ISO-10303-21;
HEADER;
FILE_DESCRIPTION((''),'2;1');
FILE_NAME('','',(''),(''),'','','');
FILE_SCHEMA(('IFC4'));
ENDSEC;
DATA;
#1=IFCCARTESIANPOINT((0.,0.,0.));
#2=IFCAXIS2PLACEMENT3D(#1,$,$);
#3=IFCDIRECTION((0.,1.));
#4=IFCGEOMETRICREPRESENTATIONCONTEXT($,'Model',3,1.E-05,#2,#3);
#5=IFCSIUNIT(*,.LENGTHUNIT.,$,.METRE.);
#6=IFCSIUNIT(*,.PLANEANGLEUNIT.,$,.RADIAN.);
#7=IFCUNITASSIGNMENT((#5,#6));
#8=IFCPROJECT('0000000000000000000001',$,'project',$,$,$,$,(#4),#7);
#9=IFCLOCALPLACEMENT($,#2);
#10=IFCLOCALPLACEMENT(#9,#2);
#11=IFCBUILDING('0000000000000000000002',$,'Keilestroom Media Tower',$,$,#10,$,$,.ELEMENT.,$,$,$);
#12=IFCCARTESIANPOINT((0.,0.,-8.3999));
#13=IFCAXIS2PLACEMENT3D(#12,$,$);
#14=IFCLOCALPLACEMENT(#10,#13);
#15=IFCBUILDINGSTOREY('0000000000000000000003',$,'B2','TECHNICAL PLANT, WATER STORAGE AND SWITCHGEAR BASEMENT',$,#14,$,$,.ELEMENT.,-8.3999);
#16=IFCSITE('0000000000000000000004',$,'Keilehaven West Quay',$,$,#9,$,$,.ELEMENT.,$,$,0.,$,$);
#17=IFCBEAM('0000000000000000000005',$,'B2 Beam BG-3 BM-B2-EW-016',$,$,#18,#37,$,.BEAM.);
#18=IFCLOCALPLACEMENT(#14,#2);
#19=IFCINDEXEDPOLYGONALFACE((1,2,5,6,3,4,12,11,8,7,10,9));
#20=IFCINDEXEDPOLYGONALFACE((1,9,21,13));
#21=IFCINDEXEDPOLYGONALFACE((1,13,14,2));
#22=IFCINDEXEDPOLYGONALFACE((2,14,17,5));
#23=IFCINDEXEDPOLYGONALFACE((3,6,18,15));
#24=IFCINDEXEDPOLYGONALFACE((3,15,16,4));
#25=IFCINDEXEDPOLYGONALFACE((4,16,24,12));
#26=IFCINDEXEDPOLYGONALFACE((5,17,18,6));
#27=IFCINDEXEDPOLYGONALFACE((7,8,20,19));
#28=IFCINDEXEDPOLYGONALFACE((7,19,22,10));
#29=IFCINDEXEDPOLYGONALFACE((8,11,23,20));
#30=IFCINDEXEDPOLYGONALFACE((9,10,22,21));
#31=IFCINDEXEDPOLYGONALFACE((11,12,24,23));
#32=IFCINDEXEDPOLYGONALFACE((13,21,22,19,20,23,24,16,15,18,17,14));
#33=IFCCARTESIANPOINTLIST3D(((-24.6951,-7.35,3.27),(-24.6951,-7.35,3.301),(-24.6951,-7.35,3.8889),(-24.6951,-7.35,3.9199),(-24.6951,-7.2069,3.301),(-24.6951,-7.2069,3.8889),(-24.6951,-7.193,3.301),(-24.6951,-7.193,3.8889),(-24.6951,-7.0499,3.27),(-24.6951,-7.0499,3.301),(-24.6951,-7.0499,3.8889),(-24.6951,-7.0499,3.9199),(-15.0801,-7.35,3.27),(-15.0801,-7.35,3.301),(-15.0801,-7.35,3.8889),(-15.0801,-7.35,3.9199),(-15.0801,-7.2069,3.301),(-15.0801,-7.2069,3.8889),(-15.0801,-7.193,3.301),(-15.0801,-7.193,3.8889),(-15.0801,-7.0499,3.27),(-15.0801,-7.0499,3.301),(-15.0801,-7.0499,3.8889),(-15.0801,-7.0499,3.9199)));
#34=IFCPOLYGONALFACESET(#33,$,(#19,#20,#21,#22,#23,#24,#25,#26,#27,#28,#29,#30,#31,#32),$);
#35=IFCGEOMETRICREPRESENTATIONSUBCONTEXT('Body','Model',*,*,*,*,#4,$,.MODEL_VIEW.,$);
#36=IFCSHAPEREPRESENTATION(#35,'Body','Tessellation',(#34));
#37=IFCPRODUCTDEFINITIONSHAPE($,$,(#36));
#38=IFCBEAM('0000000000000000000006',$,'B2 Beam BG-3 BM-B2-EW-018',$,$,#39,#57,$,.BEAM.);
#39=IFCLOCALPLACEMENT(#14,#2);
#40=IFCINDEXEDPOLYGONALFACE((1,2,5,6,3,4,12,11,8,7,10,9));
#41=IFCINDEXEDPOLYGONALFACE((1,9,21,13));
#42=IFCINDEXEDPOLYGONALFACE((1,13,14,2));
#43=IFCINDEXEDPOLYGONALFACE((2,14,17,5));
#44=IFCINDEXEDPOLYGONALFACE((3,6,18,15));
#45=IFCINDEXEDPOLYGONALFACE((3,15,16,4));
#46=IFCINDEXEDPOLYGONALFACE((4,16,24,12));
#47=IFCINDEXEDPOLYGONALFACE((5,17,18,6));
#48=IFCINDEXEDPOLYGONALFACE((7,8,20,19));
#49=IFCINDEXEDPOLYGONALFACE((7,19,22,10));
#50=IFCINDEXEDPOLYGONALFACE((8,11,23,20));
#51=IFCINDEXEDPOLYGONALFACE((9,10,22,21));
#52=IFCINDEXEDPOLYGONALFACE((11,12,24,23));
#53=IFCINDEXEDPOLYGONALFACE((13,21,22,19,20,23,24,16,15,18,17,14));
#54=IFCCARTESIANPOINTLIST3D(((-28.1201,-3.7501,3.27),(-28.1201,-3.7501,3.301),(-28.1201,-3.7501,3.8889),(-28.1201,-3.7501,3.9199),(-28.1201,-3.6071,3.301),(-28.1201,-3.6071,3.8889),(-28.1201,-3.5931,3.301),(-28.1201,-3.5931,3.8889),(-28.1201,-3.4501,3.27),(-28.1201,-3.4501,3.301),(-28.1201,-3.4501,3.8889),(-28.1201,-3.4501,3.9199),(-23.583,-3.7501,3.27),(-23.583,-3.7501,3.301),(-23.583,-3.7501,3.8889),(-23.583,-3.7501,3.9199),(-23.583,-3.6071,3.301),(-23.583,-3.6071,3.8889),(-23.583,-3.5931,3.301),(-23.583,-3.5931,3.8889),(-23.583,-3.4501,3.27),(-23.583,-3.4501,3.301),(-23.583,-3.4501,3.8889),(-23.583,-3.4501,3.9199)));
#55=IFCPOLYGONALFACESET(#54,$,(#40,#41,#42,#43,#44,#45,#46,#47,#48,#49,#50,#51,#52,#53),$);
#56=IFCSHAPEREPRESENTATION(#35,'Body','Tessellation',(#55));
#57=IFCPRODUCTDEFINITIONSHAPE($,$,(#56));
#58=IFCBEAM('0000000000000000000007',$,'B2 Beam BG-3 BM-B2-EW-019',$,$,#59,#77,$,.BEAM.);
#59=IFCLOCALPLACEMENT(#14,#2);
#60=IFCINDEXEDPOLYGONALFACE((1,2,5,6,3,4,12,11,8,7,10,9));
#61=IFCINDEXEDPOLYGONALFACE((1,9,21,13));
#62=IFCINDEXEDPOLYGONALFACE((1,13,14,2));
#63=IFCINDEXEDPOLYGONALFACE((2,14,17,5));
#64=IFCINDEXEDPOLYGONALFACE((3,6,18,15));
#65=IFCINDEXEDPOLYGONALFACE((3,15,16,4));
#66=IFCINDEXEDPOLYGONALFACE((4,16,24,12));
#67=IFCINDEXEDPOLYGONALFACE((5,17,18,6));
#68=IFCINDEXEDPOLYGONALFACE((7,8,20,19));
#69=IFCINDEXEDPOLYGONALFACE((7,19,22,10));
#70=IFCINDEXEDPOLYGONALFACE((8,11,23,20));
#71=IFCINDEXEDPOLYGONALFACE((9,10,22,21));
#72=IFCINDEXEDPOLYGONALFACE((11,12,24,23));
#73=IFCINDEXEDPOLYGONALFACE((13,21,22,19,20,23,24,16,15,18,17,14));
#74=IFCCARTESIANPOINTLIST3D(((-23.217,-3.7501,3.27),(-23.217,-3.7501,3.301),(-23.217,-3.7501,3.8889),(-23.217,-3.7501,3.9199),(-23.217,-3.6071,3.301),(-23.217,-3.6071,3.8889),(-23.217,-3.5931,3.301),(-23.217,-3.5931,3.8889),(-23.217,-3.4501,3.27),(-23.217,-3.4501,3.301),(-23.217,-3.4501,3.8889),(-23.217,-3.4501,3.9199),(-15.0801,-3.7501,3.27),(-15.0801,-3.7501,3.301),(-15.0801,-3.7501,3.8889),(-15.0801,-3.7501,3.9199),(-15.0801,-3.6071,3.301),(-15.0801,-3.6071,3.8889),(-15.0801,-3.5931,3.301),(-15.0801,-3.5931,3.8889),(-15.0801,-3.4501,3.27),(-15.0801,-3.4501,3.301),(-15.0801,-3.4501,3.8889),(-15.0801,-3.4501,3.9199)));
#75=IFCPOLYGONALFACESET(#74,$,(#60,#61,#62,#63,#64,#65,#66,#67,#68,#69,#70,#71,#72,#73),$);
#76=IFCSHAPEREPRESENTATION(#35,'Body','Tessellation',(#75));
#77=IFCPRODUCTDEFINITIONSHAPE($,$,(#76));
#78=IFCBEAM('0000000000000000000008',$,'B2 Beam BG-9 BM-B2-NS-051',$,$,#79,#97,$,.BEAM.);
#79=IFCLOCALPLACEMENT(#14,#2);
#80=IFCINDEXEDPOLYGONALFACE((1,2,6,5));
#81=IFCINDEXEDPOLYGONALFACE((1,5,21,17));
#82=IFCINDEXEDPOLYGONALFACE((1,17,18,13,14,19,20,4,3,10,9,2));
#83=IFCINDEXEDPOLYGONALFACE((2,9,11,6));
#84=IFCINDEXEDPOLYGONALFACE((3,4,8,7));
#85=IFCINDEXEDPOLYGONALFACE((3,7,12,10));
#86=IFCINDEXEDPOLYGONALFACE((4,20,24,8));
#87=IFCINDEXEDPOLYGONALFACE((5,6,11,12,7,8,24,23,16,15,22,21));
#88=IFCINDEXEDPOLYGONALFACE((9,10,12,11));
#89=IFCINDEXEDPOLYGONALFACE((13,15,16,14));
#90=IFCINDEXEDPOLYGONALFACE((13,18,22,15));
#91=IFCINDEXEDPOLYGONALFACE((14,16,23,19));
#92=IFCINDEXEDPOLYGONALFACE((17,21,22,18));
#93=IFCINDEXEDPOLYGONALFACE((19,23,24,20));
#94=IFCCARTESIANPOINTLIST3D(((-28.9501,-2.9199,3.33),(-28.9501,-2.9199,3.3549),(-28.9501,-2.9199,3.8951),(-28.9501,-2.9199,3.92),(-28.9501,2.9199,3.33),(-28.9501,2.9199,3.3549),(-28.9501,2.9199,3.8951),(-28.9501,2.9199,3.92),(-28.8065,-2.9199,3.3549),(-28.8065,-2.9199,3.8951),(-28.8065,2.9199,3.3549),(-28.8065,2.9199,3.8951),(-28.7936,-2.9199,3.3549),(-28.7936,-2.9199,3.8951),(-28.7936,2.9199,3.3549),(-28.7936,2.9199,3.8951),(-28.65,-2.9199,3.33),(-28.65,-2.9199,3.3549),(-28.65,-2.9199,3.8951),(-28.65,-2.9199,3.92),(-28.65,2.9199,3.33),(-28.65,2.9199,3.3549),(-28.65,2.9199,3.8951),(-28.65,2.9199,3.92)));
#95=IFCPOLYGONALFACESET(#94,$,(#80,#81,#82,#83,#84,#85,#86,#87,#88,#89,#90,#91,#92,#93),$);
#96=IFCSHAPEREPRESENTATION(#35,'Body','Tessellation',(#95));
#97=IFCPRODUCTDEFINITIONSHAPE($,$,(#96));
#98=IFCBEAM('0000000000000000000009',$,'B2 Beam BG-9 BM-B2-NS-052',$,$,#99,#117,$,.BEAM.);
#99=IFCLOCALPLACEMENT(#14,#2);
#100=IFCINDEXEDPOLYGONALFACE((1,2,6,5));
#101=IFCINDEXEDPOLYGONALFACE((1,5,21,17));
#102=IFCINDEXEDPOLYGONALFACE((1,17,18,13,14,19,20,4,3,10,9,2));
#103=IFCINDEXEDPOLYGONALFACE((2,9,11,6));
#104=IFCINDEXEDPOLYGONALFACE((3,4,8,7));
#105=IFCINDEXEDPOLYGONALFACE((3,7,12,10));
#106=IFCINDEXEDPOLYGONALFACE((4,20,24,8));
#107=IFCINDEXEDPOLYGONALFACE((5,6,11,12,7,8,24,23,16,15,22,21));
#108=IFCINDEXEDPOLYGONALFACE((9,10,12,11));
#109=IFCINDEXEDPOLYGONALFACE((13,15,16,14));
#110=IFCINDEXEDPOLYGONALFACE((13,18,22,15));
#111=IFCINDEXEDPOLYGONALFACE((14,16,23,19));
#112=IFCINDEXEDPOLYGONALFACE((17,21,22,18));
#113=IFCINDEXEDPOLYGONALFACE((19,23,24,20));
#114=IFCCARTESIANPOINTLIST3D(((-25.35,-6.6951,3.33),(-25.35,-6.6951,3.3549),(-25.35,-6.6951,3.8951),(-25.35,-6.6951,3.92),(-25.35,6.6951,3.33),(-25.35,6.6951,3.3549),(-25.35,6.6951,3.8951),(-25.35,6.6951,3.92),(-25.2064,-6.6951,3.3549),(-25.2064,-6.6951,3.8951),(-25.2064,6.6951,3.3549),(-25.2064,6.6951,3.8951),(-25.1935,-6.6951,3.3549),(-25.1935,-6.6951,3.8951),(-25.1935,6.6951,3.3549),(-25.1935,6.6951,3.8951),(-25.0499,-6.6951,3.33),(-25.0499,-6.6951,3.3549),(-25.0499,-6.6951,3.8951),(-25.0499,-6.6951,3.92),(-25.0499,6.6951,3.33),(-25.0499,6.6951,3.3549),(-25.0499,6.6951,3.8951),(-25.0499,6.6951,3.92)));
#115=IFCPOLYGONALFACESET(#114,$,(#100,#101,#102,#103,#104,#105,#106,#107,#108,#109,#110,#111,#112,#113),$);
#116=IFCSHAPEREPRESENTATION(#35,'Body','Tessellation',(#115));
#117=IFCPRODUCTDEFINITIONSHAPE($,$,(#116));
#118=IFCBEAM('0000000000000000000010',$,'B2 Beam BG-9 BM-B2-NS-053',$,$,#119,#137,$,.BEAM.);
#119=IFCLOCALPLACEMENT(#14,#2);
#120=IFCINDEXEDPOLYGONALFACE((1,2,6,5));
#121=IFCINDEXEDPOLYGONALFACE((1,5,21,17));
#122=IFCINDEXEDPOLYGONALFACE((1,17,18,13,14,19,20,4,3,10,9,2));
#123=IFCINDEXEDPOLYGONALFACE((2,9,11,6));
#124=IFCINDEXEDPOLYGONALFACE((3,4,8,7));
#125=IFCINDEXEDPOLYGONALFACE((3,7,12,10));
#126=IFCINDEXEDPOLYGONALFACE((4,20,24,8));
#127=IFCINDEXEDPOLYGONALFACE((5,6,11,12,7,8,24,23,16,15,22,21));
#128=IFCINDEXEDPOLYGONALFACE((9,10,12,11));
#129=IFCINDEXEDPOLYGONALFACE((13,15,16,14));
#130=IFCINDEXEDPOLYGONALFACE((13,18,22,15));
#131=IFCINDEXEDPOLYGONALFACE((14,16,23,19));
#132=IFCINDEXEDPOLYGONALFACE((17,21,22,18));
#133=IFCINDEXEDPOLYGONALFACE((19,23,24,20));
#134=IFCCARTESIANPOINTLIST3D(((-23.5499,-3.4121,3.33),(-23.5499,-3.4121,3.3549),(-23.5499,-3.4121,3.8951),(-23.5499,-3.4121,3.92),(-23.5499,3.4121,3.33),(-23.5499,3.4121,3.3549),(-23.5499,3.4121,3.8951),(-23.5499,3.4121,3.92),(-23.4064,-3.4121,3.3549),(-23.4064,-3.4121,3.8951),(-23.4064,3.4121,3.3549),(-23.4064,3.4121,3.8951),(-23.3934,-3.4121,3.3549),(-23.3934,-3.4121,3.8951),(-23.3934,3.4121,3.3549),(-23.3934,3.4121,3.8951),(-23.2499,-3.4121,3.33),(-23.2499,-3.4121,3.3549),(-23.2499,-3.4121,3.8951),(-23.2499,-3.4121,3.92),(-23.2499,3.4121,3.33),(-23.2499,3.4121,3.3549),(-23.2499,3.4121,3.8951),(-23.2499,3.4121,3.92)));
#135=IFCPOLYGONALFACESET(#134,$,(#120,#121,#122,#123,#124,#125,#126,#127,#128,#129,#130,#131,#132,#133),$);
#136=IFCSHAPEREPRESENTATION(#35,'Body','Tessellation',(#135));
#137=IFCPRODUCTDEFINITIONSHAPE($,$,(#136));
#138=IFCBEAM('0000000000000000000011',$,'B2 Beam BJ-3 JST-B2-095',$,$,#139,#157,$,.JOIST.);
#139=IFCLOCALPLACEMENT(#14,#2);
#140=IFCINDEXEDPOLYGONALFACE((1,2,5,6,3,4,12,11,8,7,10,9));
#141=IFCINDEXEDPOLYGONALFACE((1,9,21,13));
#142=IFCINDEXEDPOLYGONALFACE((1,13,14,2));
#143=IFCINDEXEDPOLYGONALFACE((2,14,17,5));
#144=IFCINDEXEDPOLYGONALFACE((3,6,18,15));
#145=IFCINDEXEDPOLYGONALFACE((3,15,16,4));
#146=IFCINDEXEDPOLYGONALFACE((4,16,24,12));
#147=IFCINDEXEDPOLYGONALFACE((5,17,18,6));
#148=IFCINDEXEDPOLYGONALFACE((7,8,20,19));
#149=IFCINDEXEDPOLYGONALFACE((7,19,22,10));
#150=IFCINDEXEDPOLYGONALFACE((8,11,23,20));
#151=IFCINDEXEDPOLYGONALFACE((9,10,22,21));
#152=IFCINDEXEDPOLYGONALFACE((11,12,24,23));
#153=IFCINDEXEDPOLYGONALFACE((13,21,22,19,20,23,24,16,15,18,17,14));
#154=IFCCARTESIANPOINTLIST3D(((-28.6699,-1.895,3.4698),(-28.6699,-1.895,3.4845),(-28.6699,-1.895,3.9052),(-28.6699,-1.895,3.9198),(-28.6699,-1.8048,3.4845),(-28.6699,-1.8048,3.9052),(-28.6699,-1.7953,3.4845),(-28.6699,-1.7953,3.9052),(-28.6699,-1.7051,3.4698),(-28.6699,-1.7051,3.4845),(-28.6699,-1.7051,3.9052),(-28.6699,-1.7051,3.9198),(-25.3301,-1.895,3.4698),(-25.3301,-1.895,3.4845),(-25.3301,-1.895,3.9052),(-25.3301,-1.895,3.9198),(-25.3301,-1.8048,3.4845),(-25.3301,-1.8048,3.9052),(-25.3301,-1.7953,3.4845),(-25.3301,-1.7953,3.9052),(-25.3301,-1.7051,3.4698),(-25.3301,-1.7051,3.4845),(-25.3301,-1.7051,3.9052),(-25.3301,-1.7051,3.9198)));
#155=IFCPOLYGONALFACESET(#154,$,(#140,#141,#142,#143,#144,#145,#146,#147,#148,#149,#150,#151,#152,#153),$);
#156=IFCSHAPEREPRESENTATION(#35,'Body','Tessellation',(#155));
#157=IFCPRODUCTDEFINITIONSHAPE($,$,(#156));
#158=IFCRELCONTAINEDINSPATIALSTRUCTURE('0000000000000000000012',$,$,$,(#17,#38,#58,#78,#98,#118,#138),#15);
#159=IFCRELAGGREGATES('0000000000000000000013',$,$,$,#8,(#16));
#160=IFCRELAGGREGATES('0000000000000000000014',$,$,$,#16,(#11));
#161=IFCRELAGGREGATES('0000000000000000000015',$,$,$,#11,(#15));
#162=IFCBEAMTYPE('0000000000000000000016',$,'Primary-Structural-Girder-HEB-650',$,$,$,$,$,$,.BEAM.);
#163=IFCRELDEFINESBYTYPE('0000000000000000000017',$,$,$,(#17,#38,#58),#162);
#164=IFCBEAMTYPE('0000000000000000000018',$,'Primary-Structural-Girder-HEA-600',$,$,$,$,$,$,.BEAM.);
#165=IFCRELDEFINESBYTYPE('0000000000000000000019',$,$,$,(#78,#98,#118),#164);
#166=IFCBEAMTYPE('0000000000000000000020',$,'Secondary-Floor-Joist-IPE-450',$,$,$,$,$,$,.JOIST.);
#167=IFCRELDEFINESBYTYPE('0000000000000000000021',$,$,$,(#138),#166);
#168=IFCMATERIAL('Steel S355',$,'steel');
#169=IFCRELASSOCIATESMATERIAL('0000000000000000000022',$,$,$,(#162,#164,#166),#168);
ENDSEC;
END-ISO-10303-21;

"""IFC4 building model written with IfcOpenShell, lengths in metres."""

from ifc_helpers import new_model, si_unit, direction, frame, origin, origin_2d, place, context, subcontext, project, spatial, i_section, extrude, source, transform, mapped, material, material_profile, profile_set, type_object, element, save


model = new_model("IFC4")

# Units and contexts
model_context = context("Model", 3, precision=1e-05, world=origin(), true_north=direction((0.0, 1.0)))
body_context = subcontext(model_context, "Body", "Model", "MODEL_VIEW")
ifc_project = project(units=[si_unit("LENGTHUNIT", "METRE"), si_unit("PLANEANGLEUNIT", "RADIAN")], contexts=[model_context])

# Site, building, storey
site_placement = place(None, origin())
site = spatial("IfcSite", under=ifc_project, at=site_placement, Name="Keilehaven West Quay", CompositionType="ELEMENT", RefElevation=0.0)
building_placement = place(site_placement, origin())
building = spatial("IfcBuilding", under=site, at=building_placement, Name="Keilestroom Media Tower", CompositionType="ELEMENT")
storey_placement = place(building_placement, frame((0.0, 0.0, -8.3999)))
storey = spatial("IfcBuildingStorey", under=building, at=storey_placement, Name="B2", Description="TECHNICAL PLANT, WATER STORAGE AND SWITCHGEAR BASEMENT", CompositionType="ELEMENT", Elevation=-8.3999)

# Beams
ifc_material_1 = material(Name="Steel S355", Category="steel")
ifc_material_profile_1 = material_profile(ifc_material_1, i_section(OverallWidth=0.3, OverallDepth=0.6499, WebThickness=0.0139, FlangeThickness=0.031, at=origin_2d()), Name="HEB 650")
ifc_profile_set_1 = profile_set([ifc_material_profile_1], Name="Steel S355")
beam_type_1 = type_object("IfcBeamType", Name="Primary-Structural-Girder-HEB-650", PredefinedType="BEAM", material=ifc_profile_set_1)
shared_shape_1 = source(origin(), body_context, "Body", "SweptSolid", [
    extrude(i_section(OverallWidth=0.3, OverallDepth=0.6499, WebThickness=0.0139, FlangeThickness=0.031, at=origin_2d()), origin(), (0.0, 0.0, 1.0), 9.615),
])
beam_1_placement = place(storey_placement, frame((-24.6951, -7.2, 3.595), z_axis=(1.0, 0.0, 0.0), x_axis=(0.0, 1.0, 0.0)))
element("IfcBeam", 1, at=beam_1_placement, inside=storey, type_object=beam_type_1, Name="B2 Beam BG-3 BM-B2-EW-016", PredefinedType="BEAM", context=body_context, shape_type="MappedRepresentation", body=[
    mapped(shared_shape_1, transform((0.0, 0.0, 0.0), x_axis=(1.0, 0.0, 0.0), y_axis=(0.0, 1.0, 0.0), z_axis=(0.0, 0.0, 1.0), scale=1.0)),
])
shared_shape_2 = source(origin(), body_context, "Body", "SweptSolid", [
    extrude(i_section(OverallWidth=0.3, OverallDepth=0.6499, WebThickness=0.0139, FlangeThickness=0.031, at=origin_2d()), origin(), (0.0, 0.0, 1.0), 4.5371),
])
beam_2_placement = place(storey_placement, frame((-28.1201, -3.6001, 3.595), z_axis=(1.0, 0.0, 0.0), x_axis=(0.0, 1.0, 0.0)))
element("IfcBeam", 2, at=beam_2_placement, inside=storey, type_object=beam_type_1, Name="B2 Beam BG-3 BM-B2-EW-018", PredefinedType="BEAM", context=body_context, shape_type="MappedRepresentation", body=[
    mapped(shared_shape_2, transform((0.0, 0.0, 0.0), x_axis=(1.0, 0.0, 0.0), y_axis=(0.0, 1.0, 0.0), z_axis=(0.0, 0.0, 1.0), scale=1.0)),
])
shared_shape_3 = source(origin(), body_context, "Body", "SweptSolid", [
    extrude(i_section(OverallWidth=0.3, OverallDepth=0.6499, WebThickness=0.0139, FlangeThickness=0.031, at=origin_2d()), origin(), (0.0, 0.0, 1.0), 8.137),
])
beam_3_placement = place(storey_placement, frame((-23.217, -3.6001, 3.595), z_axis=(1.0, 0.0, 0.0), x_axis=(0.0, 1.0, 0.0)))
element("IfcBeam", 3, at=beam_3_placement, inside=storey, type_object=beam_type_1, Name="B2 Beam BG-3 BM-B2-EW-019", PredefinedType="BEAM", context=body_context, shape_type="MappedRepresentation", body=[
    mapped(shared_shape_3, transform((0.0, 0.0, 0.0), x_axis=(1.0, 0.0, 0.0), y_axis=(0.0, 1.0, 0.0), z_axis=(0.0, 0.0, 1.0), scale=1.0)),
])
ifc_material_profile_2 = material_profile(ifc_material_1, i_section(OverallWidth=0.3, OverallDepth=0.5901, WebThickness=0.0129, FlangeThickness=0.0249, at=origin_2d()), Name="HEA 600")
ifc_profile_set_2 = profile_set([ifc_material_profile_2], Name="Steel S355")
beam_type_2 = type_object("IfcBeamType", Name="Primary-Structural-Girder-HEA-600", PredefinedType="BEAM", material=ifc_profile_set_2)
shared_shape_4 = source(origin(), body_context, "Body", "SweptSolid", [
    extrude(i_section(OverallWidth=0.3, OverallDepth=0.5901, WebThickness=0.0129, FlangeThickness=0.0249, at=origin_2d()), origin(), (0.0, 0.0, 1.0), 5.8398),
])
beam_4_placement = place(storey_placement, frame((-28.8, -2.9199, 3.625), z_axis=(0.0, 1.0, 0.0), x_axis=(-1.0, 0.0, 0.0)))
element("IfcBeam", 4, at=beam_4_placement, inside=storey, type_object=beam_type_2, Name="B2 Beam BG-9 BM-B2-NS-051", PredefinedType="BEAM", context=body_context, shape_type="MappedRepresentation", body=[
    mapped(shared_shape_4, transform((0.0, 0.0, 0.0), x_axis=(1.0, 0.0, 0.0), y_axis=(0.0, 1.0, 0.0), z_axis=(0.0, 0.0, 1.0), scale=1.0)),
])
shared_shape_5 = source(origin(), body_context, "Body", "SweptSolid", [
    extrude(i_section(OverallWidth=0.3, OverallDepth=0.5901, WebThickness=0.0129, FlangeThickness=0.0249, at=origin_2d()), origin(), (0.0, 0.0, 1.0), 13.3901),
])
beam_5_placement = place(storey_placement, frame((-25.2, -6.6951, 3.625), z_axis=(0.0, 1.0, 0.0), x_axis=(-1.0, 0.0, 0.0)))
element("IfcBeam", 5, at=beam_5_placement, inside=storey, type_object=beam_type_2, Name="B2 Beam BG-9 BM-B2-NS-052", PredefinedType="BEAM", context=body_context, shape_type="MappedRepresentation", body=[
    mapped(shared_shape_5, transform((0.0, 0.0, 0.0), x_axis=(1.0, 0.0, 0.0), y_axis=(0.0, 1.0, 0.0), z_axis=(0.0, 0.0, 1.0), scale=1.0)),
])
shared_shape_6 = source(origin(), body_context, "Body", "SweptSolid", [
    extrude(i_section(OverallWidth=0.3, OverallDepth=0.5901, WebThickness=0.0129, FlangeThickness=0.0249, at=origin_2d()), origin(), (0.0, 0.0, 1.0), 6.8242),
])
beam_6_placement = place(storey_placement, frame((-23.3999, -3.4121, 3.625), z_axis=(0.0, 1.0, 0.0), x_axis=(-1.0, 0.0, 0.0)))
element("IfcBeam", 6, at=beam_6_placement, inside=storey, type_object=beam_type_2, Name="B2 Beam BG-9 BM-B2-NS-053", PredefinedType="BEAM", context=body_context, shape_type="MappedRepresentation", body=[
    mapped(shared_shape_6, transform((0.0, 0.0, 0.0), x_axis=(1.0, 0.0, 0.0), y_axis=(0.0, 1.0, 0.0), z_axis=(0.0, 0.0, 1.0), scale=1.0)),
])
ifc_material_profile_3 = material_profile(ifc_material_1, i_section(OverallWidth=0.1899, OverallDepth=0.45, WebThickness=0.0095, FlangeThickness=0.0146, at=origin_2d()), Name="IPE 450")
ifc_profile_set_3 = profile_set([ifc_material_profile_3], Name="Steel S355")
beam_type_3 = type_object("IfcBeamType", Name="Secondary-Floor-Joist-IPE-450", PredefinedType="JOIST", material=ifc_profile_set_3)
shared_shape_7 = source(origin(), body_context, "Body", "SweptSolid", [
    extrude(i_section(OverallWidth=0.1899, OverallDepth=0.45, WebThickness=0.0095, FlangeThickness=0.0146, at=origin_2d()), origin(), (0.0, 0.0, 1.0), 3.3398),
])
beam_7_placement = place(storey_placement, frame((-28.6699, -1.8, 3.6948), z_axis=(1.0, 0.0, 0.0), x_axis=(0.0, 1.0, 0.0)))
element("IfcBeam", 7, at=beam_7_placement, inside=storey, type_object=beam_type_3, Name="B2 Beam BJ-3 JST-B2-095", PredefinedType="JOIST", context=body_context, shape_type="MappedRepresentation", body=[
    mapped(shared_shape_7, transform((0.0, 0.0, 0.0), x_axis=(1.0, 0.0, 0.0), y_axis=(0.0, 1.0, 0.0), z_axis=(0.0, 0.0, 1.0), scale=1.0)),
])

save(model, "model.ifc")
